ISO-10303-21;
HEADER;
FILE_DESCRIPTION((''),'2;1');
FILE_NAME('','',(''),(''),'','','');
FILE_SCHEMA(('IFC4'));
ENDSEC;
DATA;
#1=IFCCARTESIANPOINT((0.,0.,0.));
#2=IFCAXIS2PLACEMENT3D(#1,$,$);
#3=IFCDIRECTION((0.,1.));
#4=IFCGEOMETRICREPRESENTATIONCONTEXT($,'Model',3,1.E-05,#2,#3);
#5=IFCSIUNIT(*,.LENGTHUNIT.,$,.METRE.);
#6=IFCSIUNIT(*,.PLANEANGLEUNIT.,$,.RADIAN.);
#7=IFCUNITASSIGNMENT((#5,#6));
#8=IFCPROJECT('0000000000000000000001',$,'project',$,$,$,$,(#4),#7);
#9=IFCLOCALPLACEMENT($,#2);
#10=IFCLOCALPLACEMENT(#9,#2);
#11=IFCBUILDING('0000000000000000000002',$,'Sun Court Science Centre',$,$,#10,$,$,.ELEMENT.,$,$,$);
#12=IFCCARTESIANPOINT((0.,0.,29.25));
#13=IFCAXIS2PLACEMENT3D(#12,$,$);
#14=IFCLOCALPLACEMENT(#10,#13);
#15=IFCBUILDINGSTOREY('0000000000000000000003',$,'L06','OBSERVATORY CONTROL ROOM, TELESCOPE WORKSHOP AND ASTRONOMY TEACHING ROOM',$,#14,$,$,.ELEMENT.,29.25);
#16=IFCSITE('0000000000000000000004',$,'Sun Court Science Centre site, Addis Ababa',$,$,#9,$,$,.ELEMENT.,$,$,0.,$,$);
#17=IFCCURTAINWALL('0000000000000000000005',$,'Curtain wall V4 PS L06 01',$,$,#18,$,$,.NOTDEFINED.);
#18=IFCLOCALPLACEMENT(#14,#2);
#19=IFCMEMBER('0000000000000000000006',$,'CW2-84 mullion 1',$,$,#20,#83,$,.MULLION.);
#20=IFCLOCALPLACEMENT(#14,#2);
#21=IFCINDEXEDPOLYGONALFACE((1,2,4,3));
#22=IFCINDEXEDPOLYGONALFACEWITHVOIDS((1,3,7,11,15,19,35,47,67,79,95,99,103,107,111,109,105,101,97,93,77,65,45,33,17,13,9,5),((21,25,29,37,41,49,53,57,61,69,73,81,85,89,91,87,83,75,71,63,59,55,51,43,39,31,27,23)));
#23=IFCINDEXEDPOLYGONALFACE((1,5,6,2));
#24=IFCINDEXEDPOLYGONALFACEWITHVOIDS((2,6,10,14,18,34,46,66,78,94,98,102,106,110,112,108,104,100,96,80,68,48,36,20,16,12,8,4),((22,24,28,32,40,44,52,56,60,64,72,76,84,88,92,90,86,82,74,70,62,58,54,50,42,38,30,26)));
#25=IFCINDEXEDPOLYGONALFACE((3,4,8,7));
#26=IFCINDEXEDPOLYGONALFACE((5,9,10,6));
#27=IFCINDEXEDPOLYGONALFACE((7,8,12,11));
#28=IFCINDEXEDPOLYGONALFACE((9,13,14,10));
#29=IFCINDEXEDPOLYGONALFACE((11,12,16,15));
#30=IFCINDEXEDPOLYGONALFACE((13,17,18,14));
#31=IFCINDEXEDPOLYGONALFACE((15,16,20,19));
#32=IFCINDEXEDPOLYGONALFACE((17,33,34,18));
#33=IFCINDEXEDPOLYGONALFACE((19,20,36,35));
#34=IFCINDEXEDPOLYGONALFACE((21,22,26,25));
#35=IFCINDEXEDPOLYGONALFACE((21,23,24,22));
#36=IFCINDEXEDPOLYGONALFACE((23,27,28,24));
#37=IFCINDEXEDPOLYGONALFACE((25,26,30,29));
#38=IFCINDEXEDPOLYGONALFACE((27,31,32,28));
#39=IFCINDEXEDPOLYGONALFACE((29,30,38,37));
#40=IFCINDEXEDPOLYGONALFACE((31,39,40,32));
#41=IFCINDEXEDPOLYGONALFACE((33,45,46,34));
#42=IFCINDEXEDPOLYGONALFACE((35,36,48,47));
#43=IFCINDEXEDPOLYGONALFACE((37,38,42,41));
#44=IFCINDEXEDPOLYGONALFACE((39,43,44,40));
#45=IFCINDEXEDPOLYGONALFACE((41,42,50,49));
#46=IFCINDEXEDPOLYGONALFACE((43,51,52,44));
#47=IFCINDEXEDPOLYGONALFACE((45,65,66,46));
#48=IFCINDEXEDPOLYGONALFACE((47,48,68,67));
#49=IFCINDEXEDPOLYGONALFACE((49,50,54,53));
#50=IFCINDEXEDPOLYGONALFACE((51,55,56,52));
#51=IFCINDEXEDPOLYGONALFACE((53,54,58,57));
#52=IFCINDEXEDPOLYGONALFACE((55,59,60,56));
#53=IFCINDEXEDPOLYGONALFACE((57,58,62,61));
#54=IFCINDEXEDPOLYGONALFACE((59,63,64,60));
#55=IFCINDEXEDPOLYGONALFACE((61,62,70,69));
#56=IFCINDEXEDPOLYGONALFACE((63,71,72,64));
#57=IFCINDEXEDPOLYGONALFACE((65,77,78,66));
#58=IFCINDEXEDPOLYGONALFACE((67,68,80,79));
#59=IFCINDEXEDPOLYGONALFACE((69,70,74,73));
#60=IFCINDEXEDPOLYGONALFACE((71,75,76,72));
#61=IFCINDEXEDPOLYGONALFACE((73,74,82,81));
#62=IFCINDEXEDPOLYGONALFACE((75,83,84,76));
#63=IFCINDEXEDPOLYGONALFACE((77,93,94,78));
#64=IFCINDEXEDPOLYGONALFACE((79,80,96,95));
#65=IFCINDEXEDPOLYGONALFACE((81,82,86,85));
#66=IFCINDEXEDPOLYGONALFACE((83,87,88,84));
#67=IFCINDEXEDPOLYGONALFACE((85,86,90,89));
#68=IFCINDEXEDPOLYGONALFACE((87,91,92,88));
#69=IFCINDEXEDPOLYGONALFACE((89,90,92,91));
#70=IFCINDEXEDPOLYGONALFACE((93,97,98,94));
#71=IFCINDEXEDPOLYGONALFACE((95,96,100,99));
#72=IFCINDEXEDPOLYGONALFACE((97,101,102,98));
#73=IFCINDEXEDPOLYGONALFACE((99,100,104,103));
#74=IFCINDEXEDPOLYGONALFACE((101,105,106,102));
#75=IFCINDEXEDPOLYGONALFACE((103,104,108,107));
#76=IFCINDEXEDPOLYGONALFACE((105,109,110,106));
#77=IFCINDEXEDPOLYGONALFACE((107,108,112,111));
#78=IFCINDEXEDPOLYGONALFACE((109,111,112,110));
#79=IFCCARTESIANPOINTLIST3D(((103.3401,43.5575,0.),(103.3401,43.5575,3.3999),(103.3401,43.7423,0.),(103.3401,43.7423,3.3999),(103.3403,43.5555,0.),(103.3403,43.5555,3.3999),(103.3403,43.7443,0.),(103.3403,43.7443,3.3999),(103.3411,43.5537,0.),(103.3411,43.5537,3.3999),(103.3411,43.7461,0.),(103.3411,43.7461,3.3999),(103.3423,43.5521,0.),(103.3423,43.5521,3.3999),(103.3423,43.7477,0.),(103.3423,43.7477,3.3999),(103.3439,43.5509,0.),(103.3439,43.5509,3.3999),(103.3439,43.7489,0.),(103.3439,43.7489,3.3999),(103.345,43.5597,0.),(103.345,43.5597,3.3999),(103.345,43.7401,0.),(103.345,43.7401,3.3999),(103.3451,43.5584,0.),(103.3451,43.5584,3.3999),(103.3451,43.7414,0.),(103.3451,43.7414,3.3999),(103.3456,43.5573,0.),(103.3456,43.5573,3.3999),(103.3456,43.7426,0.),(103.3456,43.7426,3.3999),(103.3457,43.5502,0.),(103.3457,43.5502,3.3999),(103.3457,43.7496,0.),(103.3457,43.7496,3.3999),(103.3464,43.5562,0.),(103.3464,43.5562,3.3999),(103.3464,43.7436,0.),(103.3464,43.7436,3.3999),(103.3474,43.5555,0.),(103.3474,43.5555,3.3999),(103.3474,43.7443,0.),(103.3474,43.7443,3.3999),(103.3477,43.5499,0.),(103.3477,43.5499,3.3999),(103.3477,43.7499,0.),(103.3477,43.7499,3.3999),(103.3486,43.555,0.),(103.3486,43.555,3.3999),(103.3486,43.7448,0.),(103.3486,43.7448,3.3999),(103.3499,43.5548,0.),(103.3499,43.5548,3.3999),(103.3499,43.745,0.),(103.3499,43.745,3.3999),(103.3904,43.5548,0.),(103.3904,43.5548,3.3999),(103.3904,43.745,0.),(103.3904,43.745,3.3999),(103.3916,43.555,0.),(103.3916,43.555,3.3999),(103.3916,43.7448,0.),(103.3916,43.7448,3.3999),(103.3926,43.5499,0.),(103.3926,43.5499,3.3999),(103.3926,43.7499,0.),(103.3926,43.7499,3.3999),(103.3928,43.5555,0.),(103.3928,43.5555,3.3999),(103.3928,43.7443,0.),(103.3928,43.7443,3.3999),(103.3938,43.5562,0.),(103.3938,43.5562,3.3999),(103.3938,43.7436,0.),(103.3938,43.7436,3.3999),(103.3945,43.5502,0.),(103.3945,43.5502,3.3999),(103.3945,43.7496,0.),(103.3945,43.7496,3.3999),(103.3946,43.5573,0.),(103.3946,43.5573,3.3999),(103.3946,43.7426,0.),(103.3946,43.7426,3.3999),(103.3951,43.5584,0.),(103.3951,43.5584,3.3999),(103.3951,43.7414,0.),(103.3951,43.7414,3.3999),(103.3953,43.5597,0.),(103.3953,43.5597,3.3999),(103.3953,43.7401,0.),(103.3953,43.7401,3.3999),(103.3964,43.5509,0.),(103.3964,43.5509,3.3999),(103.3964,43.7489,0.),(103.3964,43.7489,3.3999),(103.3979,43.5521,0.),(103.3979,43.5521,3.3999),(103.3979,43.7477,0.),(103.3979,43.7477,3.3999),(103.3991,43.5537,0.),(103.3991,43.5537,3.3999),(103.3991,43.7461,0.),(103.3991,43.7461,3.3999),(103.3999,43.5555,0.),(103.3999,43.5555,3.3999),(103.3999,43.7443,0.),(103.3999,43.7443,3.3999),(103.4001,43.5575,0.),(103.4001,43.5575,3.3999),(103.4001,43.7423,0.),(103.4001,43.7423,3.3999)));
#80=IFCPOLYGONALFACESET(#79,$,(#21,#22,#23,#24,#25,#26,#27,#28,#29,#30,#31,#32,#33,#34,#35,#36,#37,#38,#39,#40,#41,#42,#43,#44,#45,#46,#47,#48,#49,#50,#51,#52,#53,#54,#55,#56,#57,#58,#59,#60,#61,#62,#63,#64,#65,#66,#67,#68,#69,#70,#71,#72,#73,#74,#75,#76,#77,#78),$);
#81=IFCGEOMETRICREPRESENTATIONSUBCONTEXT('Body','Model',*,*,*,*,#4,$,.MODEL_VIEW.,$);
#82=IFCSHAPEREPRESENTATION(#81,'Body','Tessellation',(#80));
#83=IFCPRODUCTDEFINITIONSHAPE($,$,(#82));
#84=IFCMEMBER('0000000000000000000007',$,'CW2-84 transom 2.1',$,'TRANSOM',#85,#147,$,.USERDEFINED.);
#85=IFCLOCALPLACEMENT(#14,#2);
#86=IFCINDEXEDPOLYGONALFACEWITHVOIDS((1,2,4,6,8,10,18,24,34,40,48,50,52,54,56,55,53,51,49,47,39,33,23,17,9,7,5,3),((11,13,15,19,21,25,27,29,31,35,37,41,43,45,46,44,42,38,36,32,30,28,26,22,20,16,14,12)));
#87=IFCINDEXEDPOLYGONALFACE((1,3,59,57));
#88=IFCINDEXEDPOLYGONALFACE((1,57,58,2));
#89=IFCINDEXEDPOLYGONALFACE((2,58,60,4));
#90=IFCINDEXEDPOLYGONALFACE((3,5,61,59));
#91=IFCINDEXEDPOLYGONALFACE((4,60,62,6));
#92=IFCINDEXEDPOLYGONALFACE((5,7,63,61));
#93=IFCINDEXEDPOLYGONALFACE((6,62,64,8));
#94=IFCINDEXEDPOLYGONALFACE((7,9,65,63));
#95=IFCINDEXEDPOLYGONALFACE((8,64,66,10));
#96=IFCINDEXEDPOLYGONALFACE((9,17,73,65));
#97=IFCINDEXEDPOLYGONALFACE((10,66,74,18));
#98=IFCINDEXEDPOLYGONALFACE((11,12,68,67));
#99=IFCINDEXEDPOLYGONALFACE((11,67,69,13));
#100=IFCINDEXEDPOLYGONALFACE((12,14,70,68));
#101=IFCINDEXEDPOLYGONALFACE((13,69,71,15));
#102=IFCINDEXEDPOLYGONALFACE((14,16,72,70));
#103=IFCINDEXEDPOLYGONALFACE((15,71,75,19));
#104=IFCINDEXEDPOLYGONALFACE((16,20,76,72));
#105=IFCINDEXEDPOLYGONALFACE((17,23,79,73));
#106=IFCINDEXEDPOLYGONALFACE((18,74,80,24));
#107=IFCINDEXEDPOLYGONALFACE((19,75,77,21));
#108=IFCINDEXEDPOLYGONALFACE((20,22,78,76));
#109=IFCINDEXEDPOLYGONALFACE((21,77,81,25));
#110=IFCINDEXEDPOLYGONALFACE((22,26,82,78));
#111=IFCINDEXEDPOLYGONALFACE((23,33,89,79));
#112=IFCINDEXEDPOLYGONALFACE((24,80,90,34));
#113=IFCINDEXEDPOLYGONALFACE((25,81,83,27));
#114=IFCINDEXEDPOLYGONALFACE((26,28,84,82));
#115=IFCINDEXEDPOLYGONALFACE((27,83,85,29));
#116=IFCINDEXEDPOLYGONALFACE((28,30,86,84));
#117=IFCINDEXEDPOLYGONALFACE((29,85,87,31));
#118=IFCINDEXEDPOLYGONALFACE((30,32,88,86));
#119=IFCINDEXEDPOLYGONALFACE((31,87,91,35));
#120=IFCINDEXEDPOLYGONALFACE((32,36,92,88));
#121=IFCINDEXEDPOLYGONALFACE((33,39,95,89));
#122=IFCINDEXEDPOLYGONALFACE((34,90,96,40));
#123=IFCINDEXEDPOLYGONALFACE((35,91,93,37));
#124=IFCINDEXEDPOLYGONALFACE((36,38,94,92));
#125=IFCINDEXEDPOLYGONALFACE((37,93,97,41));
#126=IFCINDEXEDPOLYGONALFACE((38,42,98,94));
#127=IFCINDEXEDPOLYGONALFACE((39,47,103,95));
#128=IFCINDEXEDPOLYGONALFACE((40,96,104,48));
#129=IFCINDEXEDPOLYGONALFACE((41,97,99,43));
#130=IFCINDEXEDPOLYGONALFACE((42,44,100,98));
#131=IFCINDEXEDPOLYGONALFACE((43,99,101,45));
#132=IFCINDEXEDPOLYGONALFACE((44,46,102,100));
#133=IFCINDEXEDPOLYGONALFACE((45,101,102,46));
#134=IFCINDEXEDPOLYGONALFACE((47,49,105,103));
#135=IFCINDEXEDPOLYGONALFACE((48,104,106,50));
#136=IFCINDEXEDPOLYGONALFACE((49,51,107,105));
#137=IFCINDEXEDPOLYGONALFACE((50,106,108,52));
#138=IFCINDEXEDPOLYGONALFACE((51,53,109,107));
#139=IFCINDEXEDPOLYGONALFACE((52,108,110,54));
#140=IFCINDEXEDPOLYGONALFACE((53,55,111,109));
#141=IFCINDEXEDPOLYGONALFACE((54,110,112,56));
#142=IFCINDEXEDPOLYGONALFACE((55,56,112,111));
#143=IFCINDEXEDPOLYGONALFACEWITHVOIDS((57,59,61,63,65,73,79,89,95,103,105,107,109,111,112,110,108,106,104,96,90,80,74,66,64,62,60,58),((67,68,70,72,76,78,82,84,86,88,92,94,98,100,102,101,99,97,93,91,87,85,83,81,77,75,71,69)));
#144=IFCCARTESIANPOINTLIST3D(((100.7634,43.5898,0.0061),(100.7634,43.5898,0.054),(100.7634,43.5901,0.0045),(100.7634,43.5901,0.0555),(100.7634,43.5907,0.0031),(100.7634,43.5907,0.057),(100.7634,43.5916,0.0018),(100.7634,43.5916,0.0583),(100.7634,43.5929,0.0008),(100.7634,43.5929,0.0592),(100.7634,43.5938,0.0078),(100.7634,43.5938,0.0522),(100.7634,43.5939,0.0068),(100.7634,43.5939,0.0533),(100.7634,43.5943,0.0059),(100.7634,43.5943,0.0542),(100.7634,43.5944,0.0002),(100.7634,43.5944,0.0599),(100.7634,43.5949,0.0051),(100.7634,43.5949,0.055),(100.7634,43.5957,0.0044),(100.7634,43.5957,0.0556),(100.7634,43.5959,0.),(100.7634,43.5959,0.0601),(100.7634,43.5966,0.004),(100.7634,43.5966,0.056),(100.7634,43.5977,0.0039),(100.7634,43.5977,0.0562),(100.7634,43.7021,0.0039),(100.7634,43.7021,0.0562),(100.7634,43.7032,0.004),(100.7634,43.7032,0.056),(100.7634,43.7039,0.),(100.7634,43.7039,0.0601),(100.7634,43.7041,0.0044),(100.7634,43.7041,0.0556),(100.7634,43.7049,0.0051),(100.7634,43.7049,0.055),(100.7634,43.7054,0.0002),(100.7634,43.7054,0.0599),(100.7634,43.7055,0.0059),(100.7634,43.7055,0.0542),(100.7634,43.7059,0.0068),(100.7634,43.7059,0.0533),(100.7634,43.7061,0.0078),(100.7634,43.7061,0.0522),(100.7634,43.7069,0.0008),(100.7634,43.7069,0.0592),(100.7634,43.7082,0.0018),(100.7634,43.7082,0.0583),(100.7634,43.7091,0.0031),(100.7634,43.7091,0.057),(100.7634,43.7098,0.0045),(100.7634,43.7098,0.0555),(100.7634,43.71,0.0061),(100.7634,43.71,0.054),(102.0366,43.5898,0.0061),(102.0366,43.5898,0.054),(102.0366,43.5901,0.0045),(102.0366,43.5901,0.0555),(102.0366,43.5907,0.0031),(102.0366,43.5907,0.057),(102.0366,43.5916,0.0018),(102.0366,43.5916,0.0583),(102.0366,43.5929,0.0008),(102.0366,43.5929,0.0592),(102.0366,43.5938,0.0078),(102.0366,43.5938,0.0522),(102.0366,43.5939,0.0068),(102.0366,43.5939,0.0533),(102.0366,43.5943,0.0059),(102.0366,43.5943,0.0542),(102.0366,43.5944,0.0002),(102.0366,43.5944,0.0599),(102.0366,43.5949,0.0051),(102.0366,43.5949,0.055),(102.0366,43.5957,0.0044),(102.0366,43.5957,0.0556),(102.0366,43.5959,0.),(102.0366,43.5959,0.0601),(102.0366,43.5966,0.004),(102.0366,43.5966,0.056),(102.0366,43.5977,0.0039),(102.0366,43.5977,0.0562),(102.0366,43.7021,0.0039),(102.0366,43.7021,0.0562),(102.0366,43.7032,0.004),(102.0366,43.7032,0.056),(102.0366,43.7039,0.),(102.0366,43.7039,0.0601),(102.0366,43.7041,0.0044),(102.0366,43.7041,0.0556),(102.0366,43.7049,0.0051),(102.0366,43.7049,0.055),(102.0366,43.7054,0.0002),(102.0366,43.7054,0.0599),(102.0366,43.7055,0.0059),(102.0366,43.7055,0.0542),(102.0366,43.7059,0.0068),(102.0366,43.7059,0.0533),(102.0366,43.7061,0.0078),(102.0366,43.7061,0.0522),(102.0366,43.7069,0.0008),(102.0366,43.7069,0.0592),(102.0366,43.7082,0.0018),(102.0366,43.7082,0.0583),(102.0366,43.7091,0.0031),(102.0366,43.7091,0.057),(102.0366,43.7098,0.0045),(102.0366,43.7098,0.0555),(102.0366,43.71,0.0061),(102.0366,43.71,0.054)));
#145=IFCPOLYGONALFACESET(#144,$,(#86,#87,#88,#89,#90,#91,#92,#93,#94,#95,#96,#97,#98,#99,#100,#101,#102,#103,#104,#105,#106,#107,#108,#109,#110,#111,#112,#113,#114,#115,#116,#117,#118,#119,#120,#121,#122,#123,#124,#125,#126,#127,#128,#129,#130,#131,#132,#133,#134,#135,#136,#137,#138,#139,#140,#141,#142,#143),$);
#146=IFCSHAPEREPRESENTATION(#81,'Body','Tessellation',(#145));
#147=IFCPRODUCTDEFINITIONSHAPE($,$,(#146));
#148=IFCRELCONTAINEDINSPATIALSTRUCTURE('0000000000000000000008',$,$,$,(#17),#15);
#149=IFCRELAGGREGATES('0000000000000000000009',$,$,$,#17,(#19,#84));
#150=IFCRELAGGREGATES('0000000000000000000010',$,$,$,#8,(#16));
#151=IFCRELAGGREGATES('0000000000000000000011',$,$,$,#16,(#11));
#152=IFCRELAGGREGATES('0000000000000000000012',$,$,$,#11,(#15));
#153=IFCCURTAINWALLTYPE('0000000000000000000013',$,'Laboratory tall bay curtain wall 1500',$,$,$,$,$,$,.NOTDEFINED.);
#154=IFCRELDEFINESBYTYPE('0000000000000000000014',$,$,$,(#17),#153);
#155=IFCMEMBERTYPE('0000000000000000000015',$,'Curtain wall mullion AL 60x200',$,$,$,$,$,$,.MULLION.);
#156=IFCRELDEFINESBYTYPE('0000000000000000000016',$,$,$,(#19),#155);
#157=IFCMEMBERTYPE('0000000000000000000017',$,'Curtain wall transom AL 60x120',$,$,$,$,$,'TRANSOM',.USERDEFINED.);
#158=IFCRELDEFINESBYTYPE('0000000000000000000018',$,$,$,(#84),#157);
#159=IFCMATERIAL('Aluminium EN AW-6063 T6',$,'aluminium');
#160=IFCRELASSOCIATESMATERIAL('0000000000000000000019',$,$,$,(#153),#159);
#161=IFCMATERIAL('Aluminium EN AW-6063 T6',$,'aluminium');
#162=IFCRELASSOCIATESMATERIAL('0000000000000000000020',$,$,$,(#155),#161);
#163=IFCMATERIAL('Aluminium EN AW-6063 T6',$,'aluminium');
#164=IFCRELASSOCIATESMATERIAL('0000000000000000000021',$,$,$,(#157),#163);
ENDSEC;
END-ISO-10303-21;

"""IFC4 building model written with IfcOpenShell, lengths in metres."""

from ifc_helpers import new_model, si_unit, direction, frame, origin, origin_2d, place, context, subcontext, project, spatial, hollow_rectangle, extrude, material, material_profile, profile_set, type_object, element, aggregate, save


model = new_model("IFC4")

# Units and contexts
model_context = context("Model", 3, precision=1e-05, world=origin(), true_north=direction((0.0, 1.0)))
body_context = subcontext(model_context, "Body", "Model", "MODEL_VIEW")
ifc_project = project(units=[si_unit("LENGTHUNIT", "METRE"), si_unit("PLANEANGLEUNIT", "RADIAN")], contexts=[model_context])

# Site, building, storey
site_placement = place(None, origin())
site = spatial("IfcSite", under=ifc_project, at=site_placement, Name="Sun Court Science Centre site, Addis Ababa", CompositionType="ELEMENT", RefElevation=0.0)
building_placement = place(site_placement, origin())
building = spatial("IfcBuilding", under=site, at=building_placement, Name="Sun Court Science Centre", CompositionType="ELEMENT")
storey_placement = place(building_placement, frame((0.0, 0.0, 29.25)))
storey = spatial("IfcBuildingStorey", under=building, at=storey_placement, Name="L06", Description="OBSERVATORY CONTROL ROOM, TELESCOPE WORKSHOP AND ASTRONOMY TEACHING ROOM", CompositionType="ELEMENT", Elevation=29.25)

# Curtain wall, members
ifc_material_1 = material(Name="Aluminium EN AW-6063 T6", Category="aluminium")
curtain_wall_type = type_object("IfcCurtainWallType", Name="Laboratory tall bay curtain wall 1500", PredefinedType="NOTDEFINED", material=ifc_material_1)
curtain_wall_placement = place(storey_placement, origin())
curtain_wall = element("IfcCurtainWall", 1, at=curtain_wall_placement, inside=storey, type_object=curtain_wall_type, Name="Curtain wall V4 PS L06 01", PredefinedType="NOTDEFINED")
ifc_material_2 = material(Name="Aluminium EN AW-6063 T6", Category="aluminium")
ifc_material_profile_1 = material_profile(ifc_material_2, hollow_rectangle(XDim=0.0601, YDim=0.2, WallThickness=0.0049, InnerFilletRadius=0.0049, OuterFilletRadius=0.0076, at=origin_2d()), Name="AL 60x200x5")
ifc_profile_set_1 = profile_set([ifc_material_profile_1], Name="Aluminium EN AW-6063 T6")
member_type_1 = type_object("IfcMemberType", Name="Curtain wall mullion AL 60x200", PredefinedType="MULLION", material=ifc_profile_set_1)
member_1_placement = place(storey_placement, frame((103.3701, 43.6499, 0.0), z_axis=(0.0, 0.0, 1.0), x_axis=(-1.0, 0.0, 0.0)))
member_1 = element("IfcMember", 2, at=member_1_placement, type_object=member_type_1, Name="CW2-84 mullion 1", PredefinedType="MULLION", context=body_context, shape_type="SweptSolid", body=[
    extrude(hollow_rectangle(XDim=0.0601, YDim=0.2, WallThickness=0.0049, InnerFilletRadius=0.0049, OuterFilletRadius=0.0076, at=origin_2d()), origin(), (0.0, 0.0, 1.0), 3.3999),
])
ifc_material_3 = material(Name="Aluminium EN AW-6063 T6", Category="aluminium")
ifc_material_profile_2 = material_profile(ifc_material_3, hollow_rectangle(XDim=0.0601, YDim=0.1201, WallThickness=0.0039, InnerFilletRadius=0.0039, OuterFilletRadius=0.0061, at=origin_2d()), Name="AL 60x120x4")
ifc_profile_set_2 = profile_set([ifc_material_profile_2], Name="Aluminium EN AW-6063 T6")
member_type_2 = type_object("IfcMemberType", Name="Curtain wall transom AL 60x120", ElementType="TRANSOM", PredefinedType="USERDEFINED", material=ifc_profile_set_2)
member_2_placement = place(storey_placement, frame((102.0366, 43.6499, 0.03), z_axis=(-1.0, 0.0, 0.0), x_axis=(0.0, 0.0, 1.0)))
member_2 = element("IfcMember", 3, at=member_2_placement, type_object=member_type_2, Name="CW2-84 transom 2.1", ObjectType="TRANSOM", PredefinedType="USERDEFINED", context=body_context, shape_type="SweptSolid", body=[
    extrude(hollow_rectangle(XDim=0.0601, YDim=0.1201, WallThickness=0.0039, InnerFilletRadius=0.0039, OuterFilletRadius=0.0061, at=origin_2d()), origin(), (0.0, 0.0, 1.0), 1.2732),
])

aggregate(curtain_wall, [member_1, member_2])

save(model, "model.ifc")
